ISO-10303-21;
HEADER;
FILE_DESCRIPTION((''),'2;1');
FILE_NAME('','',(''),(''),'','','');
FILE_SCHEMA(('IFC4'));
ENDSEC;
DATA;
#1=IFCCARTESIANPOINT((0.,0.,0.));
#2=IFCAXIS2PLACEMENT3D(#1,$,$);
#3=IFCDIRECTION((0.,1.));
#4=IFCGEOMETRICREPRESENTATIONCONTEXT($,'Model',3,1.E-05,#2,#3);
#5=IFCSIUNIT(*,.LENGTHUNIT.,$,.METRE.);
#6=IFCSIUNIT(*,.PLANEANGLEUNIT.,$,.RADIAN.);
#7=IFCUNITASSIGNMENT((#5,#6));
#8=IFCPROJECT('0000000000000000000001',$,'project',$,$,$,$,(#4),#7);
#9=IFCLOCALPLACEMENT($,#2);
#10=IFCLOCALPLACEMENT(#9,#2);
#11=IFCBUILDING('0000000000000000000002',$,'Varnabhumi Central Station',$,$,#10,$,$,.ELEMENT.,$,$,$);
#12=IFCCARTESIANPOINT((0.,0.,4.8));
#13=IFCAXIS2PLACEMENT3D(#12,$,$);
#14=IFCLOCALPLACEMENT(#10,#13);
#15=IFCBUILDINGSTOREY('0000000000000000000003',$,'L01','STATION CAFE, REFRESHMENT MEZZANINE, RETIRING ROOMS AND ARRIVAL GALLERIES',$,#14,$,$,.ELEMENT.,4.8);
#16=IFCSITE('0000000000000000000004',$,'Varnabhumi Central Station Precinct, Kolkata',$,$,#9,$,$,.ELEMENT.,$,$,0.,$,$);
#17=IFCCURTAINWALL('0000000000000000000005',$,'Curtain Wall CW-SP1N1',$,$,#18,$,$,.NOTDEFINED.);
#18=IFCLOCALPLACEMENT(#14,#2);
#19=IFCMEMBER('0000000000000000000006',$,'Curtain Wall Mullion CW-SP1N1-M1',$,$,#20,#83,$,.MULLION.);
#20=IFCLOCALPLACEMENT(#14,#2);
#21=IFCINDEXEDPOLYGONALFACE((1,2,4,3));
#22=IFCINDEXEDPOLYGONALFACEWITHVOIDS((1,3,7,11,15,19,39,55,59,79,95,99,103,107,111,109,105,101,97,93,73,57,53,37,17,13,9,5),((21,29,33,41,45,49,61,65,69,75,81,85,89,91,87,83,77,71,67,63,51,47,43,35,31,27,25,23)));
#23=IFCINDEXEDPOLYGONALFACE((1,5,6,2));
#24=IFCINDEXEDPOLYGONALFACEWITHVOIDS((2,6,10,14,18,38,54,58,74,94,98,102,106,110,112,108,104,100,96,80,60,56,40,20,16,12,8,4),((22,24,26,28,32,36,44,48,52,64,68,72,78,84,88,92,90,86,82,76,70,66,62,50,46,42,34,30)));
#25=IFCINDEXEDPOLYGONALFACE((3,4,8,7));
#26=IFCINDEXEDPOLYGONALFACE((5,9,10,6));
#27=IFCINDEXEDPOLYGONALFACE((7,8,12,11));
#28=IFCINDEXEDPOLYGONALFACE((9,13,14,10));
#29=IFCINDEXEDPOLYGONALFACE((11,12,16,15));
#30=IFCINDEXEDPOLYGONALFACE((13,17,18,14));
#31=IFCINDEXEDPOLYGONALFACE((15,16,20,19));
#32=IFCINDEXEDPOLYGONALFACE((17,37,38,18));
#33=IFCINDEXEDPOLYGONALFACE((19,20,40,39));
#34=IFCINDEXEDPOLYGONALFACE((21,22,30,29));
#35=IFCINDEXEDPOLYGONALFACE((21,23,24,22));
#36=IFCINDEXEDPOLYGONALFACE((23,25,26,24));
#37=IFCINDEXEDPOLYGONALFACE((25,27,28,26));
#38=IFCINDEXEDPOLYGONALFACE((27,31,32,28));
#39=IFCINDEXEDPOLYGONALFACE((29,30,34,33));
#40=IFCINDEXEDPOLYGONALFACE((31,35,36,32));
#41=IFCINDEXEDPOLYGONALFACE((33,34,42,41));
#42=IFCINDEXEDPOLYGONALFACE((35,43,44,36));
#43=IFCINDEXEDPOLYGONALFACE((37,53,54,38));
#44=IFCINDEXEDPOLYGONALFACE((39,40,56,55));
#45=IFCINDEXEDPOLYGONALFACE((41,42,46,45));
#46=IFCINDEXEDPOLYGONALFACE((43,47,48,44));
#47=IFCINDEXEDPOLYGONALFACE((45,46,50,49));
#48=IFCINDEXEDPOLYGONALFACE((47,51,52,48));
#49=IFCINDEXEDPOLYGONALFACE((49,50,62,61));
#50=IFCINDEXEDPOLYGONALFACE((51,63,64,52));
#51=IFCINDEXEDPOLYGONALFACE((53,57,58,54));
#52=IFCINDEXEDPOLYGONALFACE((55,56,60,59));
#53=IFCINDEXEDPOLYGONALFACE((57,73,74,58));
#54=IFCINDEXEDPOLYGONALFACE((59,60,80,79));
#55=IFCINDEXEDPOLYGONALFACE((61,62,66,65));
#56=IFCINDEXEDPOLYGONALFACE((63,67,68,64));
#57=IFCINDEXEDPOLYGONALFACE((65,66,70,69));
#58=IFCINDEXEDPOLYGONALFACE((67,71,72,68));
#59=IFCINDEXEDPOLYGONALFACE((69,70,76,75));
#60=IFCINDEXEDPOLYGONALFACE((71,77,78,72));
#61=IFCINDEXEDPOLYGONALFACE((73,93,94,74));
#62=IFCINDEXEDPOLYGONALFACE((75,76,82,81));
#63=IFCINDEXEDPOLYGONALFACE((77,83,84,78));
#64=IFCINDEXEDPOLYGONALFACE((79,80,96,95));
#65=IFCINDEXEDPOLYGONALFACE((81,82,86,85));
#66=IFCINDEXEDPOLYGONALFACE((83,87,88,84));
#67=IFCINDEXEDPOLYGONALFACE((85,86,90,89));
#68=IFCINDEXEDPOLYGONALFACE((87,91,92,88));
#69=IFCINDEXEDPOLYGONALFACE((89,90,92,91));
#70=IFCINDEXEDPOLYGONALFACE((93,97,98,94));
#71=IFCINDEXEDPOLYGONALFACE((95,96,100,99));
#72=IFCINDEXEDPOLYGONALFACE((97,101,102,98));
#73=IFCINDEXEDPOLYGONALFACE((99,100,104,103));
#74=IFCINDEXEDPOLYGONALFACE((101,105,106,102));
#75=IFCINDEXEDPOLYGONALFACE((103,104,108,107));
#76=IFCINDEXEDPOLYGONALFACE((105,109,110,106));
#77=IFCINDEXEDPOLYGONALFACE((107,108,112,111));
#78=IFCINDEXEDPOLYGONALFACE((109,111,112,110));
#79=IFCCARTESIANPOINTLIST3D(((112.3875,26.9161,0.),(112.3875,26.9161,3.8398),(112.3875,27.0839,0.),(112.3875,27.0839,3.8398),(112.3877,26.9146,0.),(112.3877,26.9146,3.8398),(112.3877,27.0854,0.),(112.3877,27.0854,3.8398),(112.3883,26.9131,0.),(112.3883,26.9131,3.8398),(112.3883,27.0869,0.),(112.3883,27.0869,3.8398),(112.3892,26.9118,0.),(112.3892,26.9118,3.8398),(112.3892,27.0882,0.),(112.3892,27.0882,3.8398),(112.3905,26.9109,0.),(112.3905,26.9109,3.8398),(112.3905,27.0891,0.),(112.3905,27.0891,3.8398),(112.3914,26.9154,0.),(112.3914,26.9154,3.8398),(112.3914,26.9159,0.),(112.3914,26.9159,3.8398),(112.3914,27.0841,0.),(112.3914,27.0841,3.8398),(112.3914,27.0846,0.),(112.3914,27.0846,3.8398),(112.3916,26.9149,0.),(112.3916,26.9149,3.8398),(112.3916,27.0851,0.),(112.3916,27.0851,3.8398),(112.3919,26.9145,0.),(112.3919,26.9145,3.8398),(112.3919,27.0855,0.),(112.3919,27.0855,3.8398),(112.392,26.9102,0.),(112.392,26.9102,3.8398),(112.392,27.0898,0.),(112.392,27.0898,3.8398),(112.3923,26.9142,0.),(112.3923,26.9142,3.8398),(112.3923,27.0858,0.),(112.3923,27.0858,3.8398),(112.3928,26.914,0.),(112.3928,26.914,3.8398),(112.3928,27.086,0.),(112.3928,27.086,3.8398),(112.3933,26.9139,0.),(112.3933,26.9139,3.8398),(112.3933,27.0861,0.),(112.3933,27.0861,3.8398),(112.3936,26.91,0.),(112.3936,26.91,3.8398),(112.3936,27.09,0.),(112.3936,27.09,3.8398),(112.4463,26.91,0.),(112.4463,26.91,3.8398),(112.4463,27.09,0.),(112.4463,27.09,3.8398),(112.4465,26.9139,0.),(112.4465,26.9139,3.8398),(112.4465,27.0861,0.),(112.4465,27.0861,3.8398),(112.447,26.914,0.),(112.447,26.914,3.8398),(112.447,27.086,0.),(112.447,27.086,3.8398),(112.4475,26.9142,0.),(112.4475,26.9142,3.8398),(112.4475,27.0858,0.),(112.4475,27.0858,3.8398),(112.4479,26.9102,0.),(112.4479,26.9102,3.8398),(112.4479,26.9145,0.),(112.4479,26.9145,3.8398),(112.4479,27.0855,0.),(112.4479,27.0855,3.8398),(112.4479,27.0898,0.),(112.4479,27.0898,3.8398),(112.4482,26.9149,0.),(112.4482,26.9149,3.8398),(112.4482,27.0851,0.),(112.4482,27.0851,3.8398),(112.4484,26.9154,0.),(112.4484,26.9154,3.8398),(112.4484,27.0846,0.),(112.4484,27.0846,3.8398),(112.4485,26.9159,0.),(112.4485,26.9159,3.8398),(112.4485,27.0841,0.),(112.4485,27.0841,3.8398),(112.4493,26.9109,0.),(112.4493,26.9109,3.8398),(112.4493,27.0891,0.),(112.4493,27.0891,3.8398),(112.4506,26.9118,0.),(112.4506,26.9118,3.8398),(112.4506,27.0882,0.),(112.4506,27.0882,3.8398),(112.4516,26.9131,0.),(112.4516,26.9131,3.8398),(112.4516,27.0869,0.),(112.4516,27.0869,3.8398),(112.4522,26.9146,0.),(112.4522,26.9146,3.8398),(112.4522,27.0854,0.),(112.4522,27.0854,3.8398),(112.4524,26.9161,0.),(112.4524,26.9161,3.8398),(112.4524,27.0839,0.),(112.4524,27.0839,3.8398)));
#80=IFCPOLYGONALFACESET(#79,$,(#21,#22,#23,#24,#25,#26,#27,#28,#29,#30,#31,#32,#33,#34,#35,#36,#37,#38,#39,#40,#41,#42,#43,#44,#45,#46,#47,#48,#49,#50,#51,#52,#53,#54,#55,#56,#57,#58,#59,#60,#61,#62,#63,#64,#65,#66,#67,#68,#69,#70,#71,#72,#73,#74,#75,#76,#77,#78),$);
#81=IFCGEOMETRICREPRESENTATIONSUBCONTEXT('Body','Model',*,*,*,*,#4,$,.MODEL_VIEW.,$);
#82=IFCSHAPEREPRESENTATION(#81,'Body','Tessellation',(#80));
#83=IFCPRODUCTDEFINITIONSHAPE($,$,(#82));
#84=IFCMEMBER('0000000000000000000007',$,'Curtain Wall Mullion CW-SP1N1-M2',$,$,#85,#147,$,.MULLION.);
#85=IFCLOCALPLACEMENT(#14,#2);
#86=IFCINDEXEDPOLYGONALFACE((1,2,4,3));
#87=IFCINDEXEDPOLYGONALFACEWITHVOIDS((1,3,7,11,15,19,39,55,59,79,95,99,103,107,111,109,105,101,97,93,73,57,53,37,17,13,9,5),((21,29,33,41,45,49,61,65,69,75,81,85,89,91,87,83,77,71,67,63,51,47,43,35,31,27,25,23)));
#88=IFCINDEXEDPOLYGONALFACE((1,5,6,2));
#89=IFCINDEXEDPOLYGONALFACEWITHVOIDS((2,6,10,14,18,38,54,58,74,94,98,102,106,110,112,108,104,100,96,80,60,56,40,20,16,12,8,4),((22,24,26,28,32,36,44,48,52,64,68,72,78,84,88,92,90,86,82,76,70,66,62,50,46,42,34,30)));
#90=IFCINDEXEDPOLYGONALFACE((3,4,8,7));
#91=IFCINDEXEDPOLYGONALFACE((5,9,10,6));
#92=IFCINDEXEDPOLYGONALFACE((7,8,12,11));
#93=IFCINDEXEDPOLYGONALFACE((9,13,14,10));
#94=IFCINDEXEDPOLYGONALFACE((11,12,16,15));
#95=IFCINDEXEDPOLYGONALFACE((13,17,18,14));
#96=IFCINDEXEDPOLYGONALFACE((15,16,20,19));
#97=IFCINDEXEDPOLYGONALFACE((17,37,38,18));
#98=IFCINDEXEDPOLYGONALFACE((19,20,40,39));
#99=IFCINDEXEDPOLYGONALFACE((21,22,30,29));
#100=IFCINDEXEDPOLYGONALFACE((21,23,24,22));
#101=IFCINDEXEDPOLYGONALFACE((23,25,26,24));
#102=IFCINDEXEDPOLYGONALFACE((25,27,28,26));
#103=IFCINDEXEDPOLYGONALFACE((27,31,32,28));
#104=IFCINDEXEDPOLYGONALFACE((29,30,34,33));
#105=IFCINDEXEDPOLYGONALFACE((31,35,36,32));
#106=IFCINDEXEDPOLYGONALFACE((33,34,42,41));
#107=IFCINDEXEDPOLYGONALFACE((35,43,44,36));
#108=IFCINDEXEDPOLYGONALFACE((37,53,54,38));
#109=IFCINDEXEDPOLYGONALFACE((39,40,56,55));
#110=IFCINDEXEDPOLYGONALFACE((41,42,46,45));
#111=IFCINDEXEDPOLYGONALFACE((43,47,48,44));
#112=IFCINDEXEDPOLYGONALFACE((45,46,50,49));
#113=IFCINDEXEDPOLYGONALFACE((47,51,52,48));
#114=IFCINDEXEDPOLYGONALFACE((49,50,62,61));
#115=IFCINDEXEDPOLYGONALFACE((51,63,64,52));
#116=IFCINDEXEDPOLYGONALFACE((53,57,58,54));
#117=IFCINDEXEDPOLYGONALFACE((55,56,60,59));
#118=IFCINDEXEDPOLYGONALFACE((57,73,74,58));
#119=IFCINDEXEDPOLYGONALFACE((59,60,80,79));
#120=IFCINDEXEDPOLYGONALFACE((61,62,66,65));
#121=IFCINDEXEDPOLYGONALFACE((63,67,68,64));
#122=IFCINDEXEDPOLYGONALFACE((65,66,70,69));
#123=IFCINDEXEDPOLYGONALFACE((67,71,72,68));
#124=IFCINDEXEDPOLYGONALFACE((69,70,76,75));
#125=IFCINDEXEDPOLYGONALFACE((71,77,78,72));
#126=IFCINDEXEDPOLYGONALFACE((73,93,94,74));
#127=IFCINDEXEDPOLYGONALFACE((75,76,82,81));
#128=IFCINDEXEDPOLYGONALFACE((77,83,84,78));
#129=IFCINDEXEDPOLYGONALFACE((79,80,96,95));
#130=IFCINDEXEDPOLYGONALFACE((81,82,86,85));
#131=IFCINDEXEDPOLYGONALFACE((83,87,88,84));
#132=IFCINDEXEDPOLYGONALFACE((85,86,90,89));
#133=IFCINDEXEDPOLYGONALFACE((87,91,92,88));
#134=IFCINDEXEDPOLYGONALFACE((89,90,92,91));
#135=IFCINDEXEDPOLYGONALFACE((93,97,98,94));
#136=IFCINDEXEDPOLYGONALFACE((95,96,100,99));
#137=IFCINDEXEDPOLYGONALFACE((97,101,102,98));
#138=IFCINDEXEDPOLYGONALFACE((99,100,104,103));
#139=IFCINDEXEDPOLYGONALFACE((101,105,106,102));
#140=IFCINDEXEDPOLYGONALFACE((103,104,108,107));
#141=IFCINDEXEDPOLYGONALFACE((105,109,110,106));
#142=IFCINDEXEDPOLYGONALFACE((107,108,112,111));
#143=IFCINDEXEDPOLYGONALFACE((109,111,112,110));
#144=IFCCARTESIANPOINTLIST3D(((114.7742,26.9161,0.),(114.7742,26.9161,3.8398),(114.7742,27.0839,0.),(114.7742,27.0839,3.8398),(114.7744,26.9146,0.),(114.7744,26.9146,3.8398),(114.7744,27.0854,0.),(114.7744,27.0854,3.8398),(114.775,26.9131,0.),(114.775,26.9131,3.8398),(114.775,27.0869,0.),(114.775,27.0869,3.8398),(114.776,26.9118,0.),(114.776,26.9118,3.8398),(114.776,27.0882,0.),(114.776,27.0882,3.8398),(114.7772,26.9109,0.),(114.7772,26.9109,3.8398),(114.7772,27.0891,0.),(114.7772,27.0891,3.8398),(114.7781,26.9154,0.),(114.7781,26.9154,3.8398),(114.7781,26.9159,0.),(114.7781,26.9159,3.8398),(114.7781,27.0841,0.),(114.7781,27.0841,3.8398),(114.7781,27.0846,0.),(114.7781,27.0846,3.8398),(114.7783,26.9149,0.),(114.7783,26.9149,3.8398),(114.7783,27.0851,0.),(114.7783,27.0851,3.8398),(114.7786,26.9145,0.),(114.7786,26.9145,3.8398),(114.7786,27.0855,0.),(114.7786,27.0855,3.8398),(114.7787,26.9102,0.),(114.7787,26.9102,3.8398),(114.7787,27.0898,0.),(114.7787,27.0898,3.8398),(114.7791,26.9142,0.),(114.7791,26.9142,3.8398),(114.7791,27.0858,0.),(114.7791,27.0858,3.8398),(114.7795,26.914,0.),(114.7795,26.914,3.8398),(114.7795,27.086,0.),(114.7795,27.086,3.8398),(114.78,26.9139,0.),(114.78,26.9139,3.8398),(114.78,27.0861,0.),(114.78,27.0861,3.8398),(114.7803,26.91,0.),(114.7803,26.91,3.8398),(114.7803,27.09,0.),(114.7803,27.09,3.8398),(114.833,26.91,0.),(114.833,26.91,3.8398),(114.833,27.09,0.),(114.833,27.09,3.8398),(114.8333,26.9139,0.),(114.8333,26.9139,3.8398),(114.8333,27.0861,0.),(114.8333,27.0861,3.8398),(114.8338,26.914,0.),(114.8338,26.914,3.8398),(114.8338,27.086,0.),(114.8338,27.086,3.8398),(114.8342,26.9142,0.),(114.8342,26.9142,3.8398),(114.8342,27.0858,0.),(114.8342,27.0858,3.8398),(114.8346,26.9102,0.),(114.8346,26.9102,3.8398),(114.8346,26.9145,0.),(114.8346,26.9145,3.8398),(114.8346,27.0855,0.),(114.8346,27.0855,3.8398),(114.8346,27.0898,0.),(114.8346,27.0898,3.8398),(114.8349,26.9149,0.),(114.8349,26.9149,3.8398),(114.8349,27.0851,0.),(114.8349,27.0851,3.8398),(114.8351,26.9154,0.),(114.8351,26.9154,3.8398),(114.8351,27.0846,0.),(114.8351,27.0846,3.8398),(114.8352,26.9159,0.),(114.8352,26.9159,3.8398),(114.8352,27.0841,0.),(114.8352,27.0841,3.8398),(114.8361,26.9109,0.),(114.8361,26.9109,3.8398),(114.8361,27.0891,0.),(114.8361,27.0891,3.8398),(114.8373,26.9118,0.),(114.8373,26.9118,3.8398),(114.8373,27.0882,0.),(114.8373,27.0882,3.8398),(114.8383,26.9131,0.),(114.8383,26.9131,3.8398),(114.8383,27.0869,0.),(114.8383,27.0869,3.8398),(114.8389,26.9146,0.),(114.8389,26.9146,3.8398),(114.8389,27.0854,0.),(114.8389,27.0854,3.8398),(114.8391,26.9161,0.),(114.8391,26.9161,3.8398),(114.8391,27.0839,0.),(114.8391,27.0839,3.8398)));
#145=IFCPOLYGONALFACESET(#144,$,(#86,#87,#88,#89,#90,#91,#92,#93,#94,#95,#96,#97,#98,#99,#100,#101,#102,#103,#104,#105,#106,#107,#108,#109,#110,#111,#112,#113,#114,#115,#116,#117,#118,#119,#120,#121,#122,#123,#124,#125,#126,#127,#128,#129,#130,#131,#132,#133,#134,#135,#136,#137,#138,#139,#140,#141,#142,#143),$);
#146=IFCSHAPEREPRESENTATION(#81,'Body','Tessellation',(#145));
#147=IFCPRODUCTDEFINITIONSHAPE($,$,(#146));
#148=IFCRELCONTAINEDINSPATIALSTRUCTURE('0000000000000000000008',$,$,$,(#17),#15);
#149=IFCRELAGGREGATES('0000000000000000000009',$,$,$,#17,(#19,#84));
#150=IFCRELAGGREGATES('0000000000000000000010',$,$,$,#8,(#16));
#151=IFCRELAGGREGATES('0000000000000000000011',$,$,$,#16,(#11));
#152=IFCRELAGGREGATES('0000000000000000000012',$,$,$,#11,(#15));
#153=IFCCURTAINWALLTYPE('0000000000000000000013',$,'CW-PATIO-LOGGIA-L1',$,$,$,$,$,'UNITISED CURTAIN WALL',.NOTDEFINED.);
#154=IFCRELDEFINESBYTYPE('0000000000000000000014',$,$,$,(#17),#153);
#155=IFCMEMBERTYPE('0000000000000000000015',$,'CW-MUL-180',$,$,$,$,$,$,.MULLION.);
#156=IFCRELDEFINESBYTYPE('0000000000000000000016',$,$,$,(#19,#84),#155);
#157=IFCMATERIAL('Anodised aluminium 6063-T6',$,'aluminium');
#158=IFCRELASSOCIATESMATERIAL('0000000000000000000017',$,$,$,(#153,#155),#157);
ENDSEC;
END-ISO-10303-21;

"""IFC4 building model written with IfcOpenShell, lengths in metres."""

from ifc_helpers import new_model, si_unit, direction, frame, origin, origin_2d, place, context, subcontext, project, spatial, hollow_rectangle, extrude, material, material_profile, profile_set, type_object, element, aggregate, save


model = new_model("IFC4")

# Units and contexts
model_context = context("Model", 3, precision=1e-05, world=origin(), true_north=direction((0.0, 1.0)))
body_context = subcontext(model_context, "Body", "Model", "MODEL_VIEW")
ifc_project = project(units=[si_unit("LENGTHUNIT", "METRE"), si_unit("PLANEANGLEUNIT", "RADIAN")], contexts=[model_context])

# Site, building, storey
site_placement = place(None, origin())
site = spatial("IfcSite", under=ifc_project, at=site_placement, Name="Varnabhumi Central Station Precinct, Kolkata", CompositionType="ELEMENT", RefElevation=0.0)
building_placement = place(site_placement, origin())
building = spatial("IfcBuilding", under=site, at=building_placement, Name="Varnabhumi Central Station", CompositionType="ELEMENT")
storey_placement = place(building_placement, frame((0.0, 0.0, 4.8)))
storey = spatial("IfcBuildingStorey", under=building, at=storey_placement, Name="L01", Description="STATION CAFE, REFRESHMENT MEZZANINE, RETIRING ROOMS AND ARRIVAL GALLERIES", CompositionType="ELEMENT", Elevation=4.8)

# Curtain wall, members
ifc_material_1 = material(Name="Anodised aluminium 6063-T6", Category="aluminium")
curtain_wall_type = type_object("IfcCurtainWallType", Name="CW-PATIO-LOGGIA-L1", ElementType="UNITISED CURTAIN WALL", PredefinedType="NOTDEFINED", material=ifc_material_1)
ifc_material_profile_1 = material_profile(ifc_material_1, hollow_rectangle(XDim=0.0649, YDim=0.1799, WallThickness=0.0039, InnerFilletRadius=0.002, OuterFilletRadius=0.0061, at=origin_2d()), Name="Anodised aluminium 6063-T6", Category="aluminium")
ifc_profile_set_1 = profile_set([ifc_material_profile_1], Name="Anodised aluminium 6063-T6")
member_type_1 = type_object("IfcMemberType", Name="CW-MUL-180", PredefinedType="MULLION", material=ifc_profile_set_1)
curtain_wall_1_placement = place(storey_placement, origin())
curtain_wall_1 = element("IfcCurtainWall", 1, at=curtain_wall_1_placement, inside=storey, type_object=curtain_wall_type, Name="Curtain Wall CW-SP1N1", PredefinedType="NOTDEFINED")
member_1_placement = place(storey_placement, frame((112.4199, 27.0, 0.0), z_axis=(0.0, 0.0, 1.0), x_axis=(1.0, 0.0, 0.0)))
member_1 = element("IfcMember", 2, at=member_1_placement, type_object=member_type_1, Name="Curtain Wall Mullion CW-SP1N1-M1", PredefinedType="MULLION", context=body_context, shape_type="SweptSolid", body=[
    extrude(hollow_rectangle(XDim=0.0649, YDim=0.1799, WallThickness=0.0039, InnerFilletRadius=0.002, OuterFilletRadius=0.0061, at=origin_2d()), origin(), (0.0, 0.0, 1.0), 3.8398),
])
member_2_placement = place(storey_placement, frame((114.8066, 27.0, 0.0), z_axis=(0.0, 0.0, 1.0), x_axis=(1.0, 0.0, 0.0)))
member_2 = element("IfcMember", 3, at=member_2_placement, type_object=member_type_1, Name="Curtain Wall Mullion CW-SP1N1-M2", PredefinedType="MULLION", context=body_context, shape_type="SweptSolid", body=[
    extrude(hollow_rectangle(XDim=0.0649, YDim=0.1799, WallThickness=0.0039, InnerFilletRadius=0.002, OuterFilletRadius=0.0061, at=origin_2d()), origin(), (0.0, 0.0, 1.0), 3.8398),
])

aggregate(curtain_wall_1, [member_1, member_2])

save(model, "model.ifc")
